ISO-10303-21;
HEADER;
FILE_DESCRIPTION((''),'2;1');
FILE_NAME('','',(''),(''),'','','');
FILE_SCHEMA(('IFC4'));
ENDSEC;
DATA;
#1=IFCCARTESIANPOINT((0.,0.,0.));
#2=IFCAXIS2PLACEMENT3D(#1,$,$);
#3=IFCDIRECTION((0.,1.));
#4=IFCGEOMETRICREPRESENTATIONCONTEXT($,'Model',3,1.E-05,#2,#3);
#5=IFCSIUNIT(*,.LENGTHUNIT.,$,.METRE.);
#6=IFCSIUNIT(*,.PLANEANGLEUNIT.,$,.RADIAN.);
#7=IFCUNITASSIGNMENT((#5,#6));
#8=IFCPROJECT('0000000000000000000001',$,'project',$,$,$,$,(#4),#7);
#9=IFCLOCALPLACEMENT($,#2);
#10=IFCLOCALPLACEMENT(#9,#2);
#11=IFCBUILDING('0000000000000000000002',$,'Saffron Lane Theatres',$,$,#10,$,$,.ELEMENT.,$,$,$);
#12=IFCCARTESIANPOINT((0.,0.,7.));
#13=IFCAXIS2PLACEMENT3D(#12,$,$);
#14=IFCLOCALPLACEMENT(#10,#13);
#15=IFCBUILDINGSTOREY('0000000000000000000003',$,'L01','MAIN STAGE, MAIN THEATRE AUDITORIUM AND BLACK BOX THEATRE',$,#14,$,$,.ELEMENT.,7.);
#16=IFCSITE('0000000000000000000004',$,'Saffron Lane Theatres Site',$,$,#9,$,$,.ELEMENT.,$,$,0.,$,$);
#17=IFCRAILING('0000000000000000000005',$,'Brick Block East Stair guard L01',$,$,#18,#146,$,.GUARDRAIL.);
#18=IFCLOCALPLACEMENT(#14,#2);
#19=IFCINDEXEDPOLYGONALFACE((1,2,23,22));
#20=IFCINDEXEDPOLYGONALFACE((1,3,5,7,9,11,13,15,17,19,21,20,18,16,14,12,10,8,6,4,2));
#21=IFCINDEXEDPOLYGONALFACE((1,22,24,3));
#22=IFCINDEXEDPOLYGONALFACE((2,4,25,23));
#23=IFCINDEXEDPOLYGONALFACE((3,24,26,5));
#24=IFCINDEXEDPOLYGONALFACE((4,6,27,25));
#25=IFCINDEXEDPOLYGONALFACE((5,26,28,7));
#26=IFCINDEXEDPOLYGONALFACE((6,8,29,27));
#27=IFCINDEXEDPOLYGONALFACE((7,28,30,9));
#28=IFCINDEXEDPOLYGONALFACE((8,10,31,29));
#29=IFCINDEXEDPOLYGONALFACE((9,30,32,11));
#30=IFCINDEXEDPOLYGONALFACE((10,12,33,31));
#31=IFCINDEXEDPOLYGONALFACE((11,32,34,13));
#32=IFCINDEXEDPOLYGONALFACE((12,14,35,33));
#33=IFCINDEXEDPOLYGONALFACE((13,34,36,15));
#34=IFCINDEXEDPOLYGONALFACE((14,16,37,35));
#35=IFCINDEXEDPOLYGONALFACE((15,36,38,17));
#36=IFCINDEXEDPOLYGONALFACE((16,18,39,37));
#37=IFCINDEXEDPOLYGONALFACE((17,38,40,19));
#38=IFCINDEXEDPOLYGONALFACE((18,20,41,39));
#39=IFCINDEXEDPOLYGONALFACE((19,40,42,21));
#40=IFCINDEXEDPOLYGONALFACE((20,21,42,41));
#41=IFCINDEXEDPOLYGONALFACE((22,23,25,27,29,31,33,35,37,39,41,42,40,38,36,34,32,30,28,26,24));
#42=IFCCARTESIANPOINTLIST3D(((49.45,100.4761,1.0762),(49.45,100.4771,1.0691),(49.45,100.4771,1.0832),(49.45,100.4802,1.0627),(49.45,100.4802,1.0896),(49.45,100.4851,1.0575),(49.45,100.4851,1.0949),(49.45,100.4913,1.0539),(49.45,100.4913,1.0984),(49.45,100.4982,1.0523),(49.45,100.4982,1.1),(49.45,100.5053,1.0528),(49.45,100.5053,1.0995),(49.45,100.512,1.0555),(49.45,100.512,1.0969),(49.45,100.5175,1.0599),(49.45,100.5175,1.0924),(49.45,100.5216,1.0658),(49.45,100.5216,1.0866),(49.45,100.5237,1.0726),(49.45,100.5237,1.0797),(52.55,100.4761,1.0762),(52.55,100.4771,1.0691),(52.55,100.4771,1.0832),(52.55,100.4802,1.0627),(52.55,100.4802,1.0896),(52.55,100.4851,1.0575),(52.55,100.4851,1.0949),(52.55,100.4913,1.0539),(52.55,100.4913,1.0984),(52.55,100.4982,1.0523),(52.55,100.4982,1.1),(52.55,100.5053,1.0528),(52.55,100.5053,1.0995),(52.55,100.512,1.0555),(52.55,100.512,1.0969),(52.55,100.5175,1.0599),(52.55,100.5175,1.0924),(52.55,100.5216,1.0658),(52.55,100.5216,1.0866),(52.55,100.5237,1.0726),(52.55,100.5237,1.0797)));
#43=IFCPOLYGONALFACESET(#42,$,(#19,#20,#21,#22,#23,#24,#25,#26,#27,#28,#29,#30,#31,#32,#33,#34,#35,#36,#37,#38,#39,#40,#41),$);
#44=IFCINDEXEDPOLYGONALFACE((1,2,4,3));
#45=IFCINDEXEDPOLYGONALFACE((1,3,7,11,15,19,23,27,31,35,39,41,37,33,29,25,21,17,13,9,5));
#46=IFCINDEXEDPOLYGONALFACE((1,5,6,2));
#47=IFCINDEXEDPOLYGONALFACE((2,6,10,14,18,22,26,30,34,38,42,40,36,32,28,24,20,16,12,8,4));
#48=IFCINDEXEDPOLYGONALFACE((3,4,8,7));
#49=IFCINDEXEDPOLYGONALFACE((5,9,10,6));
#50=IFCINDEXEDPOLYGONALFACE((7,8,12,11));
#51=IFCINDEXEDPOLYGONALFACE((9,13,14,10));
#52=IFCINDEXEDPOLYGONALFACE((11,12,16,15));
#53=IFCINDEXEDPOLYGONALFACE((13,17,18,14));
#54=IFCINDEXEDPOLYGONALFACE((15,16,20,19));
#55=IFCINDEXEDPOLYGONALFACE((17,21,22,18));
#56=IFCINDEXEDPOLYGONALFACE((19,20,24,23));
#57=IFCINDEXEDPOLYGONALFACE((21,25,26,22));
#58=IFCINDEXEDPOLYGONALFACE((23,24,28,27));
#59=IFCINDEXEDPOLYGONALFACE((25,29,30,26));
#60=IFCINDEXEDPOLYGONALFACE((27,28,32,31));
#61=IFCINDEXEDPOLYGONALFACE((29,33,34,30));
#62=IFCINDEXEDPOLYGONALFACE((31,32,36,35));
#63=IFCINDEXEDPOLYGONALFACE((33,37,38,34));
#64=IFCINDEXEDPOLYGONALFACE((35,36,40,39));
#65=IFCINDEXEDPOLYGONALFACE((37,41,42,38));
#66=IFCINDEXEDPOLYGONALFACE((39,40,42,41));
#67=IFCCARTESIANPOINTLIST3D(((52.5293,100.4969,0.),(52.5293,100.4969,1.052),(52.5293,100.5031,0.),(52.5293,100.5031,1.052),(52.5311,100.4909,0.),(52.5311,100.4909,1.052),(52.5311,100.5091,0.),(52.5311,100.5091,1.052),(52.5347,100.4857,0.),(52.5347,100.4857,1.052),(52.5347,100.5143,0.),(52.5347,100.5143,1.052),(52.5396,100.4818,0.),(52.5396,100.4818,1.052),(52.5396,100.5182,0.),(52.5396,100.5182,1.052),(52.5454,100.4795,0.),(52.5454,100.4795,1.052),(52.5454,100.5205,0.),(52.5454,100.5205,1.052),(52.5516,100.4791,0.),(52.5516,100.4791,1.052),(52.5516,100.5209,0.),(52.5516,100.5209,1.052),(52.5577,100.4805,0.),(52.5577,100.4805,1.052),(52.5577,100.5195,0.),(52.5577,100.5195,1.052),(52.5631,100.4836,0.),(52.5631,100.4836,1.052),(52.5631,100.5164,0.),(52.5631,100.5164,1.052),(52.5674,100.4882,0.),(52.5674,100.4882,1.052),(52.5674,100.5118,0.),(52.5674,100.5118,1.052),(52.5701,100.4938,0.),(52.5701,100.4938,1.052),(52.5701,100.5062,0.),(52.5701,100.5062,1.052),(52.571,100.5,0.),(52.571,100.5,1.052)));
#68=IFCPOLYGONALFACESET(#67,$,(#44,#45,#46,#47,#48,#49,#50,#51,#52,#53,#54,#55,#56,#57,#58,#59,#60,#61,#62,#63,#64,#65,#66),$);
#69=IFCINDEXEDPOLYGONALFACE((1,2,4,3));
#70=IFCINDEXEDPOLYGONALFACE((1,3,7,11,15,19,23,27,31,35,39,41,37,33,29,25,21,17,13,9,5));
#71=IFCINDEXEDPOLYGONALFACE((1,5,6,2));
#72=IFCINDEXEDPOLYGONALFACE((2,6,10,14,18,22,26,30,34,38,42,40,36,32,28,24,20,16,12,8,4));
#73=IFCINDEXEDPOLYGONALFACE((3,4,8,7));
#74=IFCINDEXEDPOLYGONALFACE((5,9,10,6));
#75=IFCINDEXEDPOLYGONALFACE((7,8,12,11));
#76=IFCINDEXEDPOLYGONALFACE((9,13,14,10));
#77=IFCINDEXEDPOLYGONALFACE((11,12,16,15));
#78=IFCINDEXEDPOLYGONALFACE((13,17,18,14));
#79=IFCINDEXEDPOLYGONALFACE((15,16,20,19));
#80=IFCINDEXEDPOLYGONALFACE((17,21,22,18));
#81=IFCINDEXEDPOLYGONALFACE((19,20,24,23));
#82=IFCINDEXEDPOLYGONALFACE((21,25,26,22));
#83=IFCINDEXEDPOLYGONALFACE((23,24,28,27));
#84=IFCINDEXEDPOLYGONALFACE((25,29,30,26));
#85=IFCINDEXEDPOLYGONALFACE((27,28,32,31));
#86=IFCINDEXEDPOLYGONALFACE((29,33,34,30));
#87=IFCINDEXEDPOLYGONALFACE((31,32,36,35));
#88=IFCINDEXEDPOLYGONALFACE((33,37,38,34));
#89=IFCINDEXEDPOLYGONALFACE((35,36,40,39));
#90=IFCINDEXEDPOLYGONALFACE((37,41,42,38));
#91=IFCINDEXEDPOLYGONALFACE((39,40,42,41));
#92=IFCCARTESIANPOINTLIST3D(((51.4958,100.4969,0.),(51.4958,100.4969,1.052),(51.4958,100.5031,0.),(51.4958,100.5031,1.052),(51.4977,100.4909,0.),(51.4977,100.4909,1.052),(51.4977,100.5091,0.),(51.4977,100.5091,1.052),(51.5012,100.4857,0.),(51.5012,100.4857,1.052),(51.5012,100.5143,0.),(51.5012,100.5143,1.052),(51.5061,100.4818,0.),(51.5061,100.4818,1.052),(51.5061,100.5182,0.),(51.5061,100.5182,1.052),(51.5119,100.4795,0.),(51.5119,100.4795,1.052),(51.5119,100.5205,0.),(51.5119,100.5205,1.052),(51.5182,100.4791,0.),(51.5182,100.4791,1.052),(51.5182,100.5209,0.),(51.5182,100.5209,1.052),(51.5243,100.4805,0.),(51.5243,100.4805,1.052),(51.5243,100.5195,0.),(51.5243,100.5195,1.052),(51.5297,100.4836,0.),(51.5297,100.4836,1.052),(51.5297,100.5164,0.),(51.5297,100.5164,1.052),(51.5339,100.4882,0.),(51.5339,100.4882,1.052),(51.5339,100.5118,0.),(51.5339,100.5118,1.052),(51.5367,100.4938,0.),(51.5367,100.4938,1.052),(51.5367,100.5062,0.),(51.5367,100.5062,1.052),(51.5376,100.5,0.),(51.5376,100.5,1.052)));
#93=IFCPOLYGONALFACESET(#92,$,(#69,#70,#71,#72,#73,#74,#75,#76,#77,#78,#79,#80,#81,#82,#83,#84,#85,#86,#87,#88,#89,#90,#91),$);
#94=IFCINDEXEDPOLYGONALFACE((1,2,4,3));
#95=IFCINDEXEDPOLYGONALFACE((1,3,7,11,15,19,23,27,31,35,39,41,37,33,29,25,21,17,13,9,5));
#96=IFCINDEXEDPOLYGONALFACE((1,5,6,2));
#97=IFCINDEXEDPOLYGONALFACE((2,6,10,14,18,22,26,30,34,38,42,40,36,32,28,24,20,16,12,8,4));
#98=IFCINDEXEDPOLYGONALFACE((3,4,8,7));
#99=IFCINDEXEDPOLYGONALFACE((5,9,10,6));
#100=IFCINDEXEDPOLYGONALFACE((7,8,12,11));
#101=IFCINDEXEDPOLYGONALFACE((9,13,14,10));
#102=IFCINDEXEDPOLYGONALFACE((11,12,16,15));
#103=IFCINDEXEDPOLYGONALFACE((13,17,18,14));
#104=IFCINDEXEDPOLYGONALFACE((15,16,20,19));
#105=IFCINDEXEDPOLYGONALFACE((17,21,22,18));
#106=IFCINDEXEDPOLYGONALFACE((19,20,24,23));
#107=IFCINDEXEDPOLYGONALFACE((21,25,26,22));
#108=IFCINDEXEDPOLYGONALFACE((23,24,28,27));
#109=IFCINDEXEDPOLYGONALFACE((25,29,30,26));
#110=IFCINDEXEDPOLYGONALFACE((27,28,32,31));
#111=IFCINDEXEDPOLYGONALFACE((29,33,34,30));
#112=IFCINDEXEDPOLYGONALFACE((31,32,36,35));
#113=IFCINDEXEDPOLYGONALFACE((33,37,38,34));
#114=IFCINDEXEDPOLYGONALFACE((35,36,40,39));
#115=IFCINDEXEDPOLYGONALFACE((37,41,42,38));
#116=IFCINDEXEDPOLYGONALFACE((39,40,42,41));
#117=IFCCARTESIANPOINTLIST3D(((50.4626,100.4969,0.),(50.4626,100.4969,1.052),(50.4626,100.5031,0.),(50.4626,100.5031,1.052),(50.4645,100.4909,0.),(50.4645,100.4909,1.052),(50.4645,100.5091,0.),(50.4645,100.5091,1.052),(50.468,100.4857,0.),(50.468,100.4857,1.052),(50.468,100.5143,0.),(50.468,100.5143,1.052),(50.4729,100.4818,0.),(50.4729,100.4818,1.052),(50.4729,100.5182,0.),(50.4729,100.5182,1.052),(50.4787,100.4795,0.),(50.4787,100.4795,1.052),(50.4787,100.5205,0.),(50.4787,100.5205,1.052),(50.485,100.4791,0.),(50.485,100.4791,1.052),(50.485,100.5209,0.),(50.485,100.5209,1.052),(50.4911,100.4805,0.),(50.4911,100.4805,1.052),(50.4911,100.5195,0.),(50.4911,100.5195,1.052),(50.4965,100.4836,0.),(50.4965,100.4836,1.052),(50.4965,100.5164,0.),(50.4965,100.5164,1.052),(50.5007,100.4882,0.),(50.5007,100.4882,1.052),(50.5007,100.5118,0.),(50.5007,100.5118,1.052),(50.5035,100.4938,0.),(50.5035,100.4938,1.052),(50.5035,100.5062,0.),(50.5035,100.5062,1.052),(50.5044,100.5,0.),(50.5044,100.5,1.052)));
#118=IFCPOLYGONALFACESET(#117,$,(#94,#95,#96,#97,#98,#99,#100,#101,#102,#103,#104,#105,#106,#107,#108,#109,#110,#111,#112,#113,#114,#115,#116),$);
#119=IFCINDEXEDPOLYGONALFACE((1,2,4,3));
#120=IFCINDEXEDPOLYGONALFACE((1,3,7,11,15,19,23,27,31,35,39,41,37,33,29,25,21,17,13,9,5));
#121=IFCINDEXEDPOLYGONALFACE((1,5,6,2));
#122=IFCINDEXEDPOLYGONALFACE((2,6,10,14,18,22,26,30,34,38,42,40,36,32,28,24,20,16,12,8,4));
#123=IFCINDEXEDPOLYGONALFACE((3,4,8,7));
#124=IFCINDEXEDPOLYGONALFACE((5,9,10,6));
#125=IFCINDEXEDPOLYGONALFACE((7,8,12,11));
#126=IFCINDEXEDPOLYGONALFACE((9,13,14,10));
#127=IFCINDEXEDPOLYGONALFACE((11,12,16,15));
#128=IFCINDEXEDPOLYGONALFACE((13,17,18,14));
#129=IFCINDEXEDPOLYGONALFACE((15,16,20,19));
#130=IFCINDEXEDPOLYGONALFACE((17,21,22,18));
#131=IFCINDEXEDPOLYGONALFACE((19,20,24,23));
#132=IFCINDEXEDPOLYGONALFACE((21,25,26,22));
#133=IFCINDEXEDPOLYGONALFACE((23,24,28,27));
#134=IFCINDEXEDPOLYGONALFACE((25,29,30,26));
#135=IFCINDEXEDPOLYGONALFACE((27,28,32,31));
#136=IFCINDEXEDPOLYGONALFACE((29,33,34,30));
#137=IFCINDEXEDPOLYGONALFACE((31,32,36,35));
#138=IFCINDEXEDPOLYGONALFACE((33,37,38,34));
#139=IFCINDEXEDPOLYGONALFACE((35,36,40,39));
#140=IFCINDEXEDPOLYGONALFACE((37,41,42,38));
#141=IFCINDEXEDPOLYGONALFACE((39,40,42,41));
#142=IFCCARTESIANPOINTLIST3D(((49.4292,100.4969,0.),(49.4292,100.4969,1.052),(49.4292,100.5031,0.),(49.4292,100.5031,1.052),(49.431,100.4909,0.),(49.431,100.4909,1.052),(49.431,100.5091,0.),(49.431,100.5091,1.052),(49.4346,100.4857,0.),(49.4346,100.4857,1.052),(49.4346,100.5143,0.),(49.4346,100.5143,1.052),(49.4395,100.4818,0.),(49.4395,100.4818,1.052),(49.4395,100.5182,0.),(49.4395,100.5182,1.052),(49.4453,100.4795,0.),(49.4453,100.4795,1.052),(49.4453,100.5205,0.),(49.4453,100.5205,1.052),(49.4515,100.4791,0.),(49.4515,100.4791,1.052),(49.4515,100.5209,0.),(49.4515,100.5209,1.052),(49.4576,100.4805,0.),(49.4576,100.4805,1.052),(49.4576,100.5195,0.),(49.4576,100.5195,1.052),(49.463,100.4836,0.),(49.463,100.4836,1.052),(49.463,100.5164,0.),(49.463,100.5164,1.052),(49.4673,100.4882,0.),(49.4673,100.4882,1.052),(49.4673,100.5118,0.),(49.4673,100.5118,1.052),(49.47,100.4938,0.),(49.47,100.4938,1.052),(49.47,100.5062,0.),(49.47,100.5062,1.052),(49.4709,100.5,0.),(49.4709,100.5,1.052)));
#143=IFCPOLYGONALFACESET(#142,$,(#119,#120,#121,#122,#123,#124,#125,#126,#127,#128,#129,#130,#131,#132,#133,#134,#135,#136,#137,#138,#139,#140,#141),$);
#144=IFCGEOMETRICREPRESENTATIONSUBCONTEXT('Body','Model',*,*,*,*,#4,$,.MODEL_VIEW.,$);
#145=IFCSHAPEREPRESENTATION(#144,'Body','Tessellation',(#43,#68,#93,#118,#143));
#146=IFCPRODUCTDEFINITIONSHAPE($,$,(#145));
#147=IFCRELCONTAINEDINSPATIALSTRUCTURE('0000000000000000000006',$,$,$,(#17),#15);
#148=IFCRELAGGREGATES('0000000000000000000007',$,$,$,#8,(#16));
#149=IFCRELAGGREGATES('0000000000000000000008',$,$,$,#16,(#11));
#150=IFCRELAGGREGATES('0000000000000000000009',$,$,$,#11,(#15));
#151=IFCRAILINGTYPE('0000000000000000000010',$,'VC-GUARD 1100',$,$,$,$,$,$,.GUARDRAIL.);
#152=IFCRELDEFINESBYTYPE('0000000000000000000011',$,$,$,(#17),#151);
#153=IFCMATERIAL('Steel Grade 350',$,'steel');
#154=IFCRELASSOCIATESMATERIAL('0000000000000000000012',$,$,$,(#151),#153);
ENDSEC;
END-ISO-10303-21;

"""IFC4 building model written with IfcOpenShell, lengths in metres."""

from ifc_helpers import new_model, si_unit, direction, frame, origin, origin_2d, place, context, subcontext, project, spatial, circle, extrude, material, type_object, element, save


model = new_model("IFC4")

# Units and contexts
model_context = context("Model", 3, precision=1e-05, world=origin(), true_north=direction((0.0, 1.0)))
body_context = subcontext(model_context, "Body", "Model", "MODEL_VIEW")
ifc_project = project(units=[si_unit("LENGTHUNIT", "METRE"), si_unit("PLANEANGLEUNIT", "RADIAN")], contexts=[model_context])

# Site, building, storey
site_placement = place(None, origin())
site = spatial("IfcSite", under=ifc_project, at=site_placement, Name="Saffron Lane Theatres Site", CompositionType="ELEMENT", RefElevation=0.0)
building_placement = place(site_placement, origin())
building = spatial("IfcBuilding", under=site, at=building_placement, Name="Saffron Lane Theatres", CompositionType="ELEMENT")
storey_placement = place(building_placement, frame((0.0, 0.0, 7.0)))
storey = spatial("IfcBuildingStorey", under=building, at=storey_placement, Name="L01", Description="MAIN STAGE, MAIN THEATRE AUDITORIUM AND BLACK BOX THEATRE", CompositionType="ELEMENT", Elevation=7.0)

# Railing
ifc_material_1 = material(Name="Steel Grade 350", Category="steel")
railing_type_1 = type_object("IfcRailingType", Name="VC-GUARD 1100", PredefinedType="GUARDRAIL", material=ifc_material_1)
railing_1_placement = place(storey_placement, frame((52.55, 100.5, 0.0)))
element("IfcRailing", 1, at=railing_1_placement, inside=storey, type_object=railing_type_1, Name="Brick Block East Stair guard L01", PredefinedType="GUARDRAIL", context=body_context, shape_type="SweptSolid", body=[
    extrude(circle(Radius=0.0239, at=origin_2d()), frame((0.0, 0.0, 1.0762), z_axis=(-1.0, 0.0, 0.0), x_axis=(0.0, -1.0, 0.0)), (0.0, 0.0, 1.0), 3.1001),
    extrude(circle(Radius=0.021, at=origin_2d()), origin(), (0.0, 0.0, 1.0), 1.052),
    extrude(circle(Radius=0.021, at=origin_2d()), frame((-1.0334, 0.0, 0.0)), (0.0, 0.0, 1.0), 1.052),
    extrude(circle(Radius=0.021, at=origin_2d()), frame((-2.0667, 0.0, 0.0)), (0.0, 0.0, 1.0), 1.052),
    extrude(circle(Radius=0.021, at=origin_2d()), frame((-3.1001, 0.0, 0.0)), (0.0, 0.0, 1.0), 1.052),
])

save(model, "model.ifc")
